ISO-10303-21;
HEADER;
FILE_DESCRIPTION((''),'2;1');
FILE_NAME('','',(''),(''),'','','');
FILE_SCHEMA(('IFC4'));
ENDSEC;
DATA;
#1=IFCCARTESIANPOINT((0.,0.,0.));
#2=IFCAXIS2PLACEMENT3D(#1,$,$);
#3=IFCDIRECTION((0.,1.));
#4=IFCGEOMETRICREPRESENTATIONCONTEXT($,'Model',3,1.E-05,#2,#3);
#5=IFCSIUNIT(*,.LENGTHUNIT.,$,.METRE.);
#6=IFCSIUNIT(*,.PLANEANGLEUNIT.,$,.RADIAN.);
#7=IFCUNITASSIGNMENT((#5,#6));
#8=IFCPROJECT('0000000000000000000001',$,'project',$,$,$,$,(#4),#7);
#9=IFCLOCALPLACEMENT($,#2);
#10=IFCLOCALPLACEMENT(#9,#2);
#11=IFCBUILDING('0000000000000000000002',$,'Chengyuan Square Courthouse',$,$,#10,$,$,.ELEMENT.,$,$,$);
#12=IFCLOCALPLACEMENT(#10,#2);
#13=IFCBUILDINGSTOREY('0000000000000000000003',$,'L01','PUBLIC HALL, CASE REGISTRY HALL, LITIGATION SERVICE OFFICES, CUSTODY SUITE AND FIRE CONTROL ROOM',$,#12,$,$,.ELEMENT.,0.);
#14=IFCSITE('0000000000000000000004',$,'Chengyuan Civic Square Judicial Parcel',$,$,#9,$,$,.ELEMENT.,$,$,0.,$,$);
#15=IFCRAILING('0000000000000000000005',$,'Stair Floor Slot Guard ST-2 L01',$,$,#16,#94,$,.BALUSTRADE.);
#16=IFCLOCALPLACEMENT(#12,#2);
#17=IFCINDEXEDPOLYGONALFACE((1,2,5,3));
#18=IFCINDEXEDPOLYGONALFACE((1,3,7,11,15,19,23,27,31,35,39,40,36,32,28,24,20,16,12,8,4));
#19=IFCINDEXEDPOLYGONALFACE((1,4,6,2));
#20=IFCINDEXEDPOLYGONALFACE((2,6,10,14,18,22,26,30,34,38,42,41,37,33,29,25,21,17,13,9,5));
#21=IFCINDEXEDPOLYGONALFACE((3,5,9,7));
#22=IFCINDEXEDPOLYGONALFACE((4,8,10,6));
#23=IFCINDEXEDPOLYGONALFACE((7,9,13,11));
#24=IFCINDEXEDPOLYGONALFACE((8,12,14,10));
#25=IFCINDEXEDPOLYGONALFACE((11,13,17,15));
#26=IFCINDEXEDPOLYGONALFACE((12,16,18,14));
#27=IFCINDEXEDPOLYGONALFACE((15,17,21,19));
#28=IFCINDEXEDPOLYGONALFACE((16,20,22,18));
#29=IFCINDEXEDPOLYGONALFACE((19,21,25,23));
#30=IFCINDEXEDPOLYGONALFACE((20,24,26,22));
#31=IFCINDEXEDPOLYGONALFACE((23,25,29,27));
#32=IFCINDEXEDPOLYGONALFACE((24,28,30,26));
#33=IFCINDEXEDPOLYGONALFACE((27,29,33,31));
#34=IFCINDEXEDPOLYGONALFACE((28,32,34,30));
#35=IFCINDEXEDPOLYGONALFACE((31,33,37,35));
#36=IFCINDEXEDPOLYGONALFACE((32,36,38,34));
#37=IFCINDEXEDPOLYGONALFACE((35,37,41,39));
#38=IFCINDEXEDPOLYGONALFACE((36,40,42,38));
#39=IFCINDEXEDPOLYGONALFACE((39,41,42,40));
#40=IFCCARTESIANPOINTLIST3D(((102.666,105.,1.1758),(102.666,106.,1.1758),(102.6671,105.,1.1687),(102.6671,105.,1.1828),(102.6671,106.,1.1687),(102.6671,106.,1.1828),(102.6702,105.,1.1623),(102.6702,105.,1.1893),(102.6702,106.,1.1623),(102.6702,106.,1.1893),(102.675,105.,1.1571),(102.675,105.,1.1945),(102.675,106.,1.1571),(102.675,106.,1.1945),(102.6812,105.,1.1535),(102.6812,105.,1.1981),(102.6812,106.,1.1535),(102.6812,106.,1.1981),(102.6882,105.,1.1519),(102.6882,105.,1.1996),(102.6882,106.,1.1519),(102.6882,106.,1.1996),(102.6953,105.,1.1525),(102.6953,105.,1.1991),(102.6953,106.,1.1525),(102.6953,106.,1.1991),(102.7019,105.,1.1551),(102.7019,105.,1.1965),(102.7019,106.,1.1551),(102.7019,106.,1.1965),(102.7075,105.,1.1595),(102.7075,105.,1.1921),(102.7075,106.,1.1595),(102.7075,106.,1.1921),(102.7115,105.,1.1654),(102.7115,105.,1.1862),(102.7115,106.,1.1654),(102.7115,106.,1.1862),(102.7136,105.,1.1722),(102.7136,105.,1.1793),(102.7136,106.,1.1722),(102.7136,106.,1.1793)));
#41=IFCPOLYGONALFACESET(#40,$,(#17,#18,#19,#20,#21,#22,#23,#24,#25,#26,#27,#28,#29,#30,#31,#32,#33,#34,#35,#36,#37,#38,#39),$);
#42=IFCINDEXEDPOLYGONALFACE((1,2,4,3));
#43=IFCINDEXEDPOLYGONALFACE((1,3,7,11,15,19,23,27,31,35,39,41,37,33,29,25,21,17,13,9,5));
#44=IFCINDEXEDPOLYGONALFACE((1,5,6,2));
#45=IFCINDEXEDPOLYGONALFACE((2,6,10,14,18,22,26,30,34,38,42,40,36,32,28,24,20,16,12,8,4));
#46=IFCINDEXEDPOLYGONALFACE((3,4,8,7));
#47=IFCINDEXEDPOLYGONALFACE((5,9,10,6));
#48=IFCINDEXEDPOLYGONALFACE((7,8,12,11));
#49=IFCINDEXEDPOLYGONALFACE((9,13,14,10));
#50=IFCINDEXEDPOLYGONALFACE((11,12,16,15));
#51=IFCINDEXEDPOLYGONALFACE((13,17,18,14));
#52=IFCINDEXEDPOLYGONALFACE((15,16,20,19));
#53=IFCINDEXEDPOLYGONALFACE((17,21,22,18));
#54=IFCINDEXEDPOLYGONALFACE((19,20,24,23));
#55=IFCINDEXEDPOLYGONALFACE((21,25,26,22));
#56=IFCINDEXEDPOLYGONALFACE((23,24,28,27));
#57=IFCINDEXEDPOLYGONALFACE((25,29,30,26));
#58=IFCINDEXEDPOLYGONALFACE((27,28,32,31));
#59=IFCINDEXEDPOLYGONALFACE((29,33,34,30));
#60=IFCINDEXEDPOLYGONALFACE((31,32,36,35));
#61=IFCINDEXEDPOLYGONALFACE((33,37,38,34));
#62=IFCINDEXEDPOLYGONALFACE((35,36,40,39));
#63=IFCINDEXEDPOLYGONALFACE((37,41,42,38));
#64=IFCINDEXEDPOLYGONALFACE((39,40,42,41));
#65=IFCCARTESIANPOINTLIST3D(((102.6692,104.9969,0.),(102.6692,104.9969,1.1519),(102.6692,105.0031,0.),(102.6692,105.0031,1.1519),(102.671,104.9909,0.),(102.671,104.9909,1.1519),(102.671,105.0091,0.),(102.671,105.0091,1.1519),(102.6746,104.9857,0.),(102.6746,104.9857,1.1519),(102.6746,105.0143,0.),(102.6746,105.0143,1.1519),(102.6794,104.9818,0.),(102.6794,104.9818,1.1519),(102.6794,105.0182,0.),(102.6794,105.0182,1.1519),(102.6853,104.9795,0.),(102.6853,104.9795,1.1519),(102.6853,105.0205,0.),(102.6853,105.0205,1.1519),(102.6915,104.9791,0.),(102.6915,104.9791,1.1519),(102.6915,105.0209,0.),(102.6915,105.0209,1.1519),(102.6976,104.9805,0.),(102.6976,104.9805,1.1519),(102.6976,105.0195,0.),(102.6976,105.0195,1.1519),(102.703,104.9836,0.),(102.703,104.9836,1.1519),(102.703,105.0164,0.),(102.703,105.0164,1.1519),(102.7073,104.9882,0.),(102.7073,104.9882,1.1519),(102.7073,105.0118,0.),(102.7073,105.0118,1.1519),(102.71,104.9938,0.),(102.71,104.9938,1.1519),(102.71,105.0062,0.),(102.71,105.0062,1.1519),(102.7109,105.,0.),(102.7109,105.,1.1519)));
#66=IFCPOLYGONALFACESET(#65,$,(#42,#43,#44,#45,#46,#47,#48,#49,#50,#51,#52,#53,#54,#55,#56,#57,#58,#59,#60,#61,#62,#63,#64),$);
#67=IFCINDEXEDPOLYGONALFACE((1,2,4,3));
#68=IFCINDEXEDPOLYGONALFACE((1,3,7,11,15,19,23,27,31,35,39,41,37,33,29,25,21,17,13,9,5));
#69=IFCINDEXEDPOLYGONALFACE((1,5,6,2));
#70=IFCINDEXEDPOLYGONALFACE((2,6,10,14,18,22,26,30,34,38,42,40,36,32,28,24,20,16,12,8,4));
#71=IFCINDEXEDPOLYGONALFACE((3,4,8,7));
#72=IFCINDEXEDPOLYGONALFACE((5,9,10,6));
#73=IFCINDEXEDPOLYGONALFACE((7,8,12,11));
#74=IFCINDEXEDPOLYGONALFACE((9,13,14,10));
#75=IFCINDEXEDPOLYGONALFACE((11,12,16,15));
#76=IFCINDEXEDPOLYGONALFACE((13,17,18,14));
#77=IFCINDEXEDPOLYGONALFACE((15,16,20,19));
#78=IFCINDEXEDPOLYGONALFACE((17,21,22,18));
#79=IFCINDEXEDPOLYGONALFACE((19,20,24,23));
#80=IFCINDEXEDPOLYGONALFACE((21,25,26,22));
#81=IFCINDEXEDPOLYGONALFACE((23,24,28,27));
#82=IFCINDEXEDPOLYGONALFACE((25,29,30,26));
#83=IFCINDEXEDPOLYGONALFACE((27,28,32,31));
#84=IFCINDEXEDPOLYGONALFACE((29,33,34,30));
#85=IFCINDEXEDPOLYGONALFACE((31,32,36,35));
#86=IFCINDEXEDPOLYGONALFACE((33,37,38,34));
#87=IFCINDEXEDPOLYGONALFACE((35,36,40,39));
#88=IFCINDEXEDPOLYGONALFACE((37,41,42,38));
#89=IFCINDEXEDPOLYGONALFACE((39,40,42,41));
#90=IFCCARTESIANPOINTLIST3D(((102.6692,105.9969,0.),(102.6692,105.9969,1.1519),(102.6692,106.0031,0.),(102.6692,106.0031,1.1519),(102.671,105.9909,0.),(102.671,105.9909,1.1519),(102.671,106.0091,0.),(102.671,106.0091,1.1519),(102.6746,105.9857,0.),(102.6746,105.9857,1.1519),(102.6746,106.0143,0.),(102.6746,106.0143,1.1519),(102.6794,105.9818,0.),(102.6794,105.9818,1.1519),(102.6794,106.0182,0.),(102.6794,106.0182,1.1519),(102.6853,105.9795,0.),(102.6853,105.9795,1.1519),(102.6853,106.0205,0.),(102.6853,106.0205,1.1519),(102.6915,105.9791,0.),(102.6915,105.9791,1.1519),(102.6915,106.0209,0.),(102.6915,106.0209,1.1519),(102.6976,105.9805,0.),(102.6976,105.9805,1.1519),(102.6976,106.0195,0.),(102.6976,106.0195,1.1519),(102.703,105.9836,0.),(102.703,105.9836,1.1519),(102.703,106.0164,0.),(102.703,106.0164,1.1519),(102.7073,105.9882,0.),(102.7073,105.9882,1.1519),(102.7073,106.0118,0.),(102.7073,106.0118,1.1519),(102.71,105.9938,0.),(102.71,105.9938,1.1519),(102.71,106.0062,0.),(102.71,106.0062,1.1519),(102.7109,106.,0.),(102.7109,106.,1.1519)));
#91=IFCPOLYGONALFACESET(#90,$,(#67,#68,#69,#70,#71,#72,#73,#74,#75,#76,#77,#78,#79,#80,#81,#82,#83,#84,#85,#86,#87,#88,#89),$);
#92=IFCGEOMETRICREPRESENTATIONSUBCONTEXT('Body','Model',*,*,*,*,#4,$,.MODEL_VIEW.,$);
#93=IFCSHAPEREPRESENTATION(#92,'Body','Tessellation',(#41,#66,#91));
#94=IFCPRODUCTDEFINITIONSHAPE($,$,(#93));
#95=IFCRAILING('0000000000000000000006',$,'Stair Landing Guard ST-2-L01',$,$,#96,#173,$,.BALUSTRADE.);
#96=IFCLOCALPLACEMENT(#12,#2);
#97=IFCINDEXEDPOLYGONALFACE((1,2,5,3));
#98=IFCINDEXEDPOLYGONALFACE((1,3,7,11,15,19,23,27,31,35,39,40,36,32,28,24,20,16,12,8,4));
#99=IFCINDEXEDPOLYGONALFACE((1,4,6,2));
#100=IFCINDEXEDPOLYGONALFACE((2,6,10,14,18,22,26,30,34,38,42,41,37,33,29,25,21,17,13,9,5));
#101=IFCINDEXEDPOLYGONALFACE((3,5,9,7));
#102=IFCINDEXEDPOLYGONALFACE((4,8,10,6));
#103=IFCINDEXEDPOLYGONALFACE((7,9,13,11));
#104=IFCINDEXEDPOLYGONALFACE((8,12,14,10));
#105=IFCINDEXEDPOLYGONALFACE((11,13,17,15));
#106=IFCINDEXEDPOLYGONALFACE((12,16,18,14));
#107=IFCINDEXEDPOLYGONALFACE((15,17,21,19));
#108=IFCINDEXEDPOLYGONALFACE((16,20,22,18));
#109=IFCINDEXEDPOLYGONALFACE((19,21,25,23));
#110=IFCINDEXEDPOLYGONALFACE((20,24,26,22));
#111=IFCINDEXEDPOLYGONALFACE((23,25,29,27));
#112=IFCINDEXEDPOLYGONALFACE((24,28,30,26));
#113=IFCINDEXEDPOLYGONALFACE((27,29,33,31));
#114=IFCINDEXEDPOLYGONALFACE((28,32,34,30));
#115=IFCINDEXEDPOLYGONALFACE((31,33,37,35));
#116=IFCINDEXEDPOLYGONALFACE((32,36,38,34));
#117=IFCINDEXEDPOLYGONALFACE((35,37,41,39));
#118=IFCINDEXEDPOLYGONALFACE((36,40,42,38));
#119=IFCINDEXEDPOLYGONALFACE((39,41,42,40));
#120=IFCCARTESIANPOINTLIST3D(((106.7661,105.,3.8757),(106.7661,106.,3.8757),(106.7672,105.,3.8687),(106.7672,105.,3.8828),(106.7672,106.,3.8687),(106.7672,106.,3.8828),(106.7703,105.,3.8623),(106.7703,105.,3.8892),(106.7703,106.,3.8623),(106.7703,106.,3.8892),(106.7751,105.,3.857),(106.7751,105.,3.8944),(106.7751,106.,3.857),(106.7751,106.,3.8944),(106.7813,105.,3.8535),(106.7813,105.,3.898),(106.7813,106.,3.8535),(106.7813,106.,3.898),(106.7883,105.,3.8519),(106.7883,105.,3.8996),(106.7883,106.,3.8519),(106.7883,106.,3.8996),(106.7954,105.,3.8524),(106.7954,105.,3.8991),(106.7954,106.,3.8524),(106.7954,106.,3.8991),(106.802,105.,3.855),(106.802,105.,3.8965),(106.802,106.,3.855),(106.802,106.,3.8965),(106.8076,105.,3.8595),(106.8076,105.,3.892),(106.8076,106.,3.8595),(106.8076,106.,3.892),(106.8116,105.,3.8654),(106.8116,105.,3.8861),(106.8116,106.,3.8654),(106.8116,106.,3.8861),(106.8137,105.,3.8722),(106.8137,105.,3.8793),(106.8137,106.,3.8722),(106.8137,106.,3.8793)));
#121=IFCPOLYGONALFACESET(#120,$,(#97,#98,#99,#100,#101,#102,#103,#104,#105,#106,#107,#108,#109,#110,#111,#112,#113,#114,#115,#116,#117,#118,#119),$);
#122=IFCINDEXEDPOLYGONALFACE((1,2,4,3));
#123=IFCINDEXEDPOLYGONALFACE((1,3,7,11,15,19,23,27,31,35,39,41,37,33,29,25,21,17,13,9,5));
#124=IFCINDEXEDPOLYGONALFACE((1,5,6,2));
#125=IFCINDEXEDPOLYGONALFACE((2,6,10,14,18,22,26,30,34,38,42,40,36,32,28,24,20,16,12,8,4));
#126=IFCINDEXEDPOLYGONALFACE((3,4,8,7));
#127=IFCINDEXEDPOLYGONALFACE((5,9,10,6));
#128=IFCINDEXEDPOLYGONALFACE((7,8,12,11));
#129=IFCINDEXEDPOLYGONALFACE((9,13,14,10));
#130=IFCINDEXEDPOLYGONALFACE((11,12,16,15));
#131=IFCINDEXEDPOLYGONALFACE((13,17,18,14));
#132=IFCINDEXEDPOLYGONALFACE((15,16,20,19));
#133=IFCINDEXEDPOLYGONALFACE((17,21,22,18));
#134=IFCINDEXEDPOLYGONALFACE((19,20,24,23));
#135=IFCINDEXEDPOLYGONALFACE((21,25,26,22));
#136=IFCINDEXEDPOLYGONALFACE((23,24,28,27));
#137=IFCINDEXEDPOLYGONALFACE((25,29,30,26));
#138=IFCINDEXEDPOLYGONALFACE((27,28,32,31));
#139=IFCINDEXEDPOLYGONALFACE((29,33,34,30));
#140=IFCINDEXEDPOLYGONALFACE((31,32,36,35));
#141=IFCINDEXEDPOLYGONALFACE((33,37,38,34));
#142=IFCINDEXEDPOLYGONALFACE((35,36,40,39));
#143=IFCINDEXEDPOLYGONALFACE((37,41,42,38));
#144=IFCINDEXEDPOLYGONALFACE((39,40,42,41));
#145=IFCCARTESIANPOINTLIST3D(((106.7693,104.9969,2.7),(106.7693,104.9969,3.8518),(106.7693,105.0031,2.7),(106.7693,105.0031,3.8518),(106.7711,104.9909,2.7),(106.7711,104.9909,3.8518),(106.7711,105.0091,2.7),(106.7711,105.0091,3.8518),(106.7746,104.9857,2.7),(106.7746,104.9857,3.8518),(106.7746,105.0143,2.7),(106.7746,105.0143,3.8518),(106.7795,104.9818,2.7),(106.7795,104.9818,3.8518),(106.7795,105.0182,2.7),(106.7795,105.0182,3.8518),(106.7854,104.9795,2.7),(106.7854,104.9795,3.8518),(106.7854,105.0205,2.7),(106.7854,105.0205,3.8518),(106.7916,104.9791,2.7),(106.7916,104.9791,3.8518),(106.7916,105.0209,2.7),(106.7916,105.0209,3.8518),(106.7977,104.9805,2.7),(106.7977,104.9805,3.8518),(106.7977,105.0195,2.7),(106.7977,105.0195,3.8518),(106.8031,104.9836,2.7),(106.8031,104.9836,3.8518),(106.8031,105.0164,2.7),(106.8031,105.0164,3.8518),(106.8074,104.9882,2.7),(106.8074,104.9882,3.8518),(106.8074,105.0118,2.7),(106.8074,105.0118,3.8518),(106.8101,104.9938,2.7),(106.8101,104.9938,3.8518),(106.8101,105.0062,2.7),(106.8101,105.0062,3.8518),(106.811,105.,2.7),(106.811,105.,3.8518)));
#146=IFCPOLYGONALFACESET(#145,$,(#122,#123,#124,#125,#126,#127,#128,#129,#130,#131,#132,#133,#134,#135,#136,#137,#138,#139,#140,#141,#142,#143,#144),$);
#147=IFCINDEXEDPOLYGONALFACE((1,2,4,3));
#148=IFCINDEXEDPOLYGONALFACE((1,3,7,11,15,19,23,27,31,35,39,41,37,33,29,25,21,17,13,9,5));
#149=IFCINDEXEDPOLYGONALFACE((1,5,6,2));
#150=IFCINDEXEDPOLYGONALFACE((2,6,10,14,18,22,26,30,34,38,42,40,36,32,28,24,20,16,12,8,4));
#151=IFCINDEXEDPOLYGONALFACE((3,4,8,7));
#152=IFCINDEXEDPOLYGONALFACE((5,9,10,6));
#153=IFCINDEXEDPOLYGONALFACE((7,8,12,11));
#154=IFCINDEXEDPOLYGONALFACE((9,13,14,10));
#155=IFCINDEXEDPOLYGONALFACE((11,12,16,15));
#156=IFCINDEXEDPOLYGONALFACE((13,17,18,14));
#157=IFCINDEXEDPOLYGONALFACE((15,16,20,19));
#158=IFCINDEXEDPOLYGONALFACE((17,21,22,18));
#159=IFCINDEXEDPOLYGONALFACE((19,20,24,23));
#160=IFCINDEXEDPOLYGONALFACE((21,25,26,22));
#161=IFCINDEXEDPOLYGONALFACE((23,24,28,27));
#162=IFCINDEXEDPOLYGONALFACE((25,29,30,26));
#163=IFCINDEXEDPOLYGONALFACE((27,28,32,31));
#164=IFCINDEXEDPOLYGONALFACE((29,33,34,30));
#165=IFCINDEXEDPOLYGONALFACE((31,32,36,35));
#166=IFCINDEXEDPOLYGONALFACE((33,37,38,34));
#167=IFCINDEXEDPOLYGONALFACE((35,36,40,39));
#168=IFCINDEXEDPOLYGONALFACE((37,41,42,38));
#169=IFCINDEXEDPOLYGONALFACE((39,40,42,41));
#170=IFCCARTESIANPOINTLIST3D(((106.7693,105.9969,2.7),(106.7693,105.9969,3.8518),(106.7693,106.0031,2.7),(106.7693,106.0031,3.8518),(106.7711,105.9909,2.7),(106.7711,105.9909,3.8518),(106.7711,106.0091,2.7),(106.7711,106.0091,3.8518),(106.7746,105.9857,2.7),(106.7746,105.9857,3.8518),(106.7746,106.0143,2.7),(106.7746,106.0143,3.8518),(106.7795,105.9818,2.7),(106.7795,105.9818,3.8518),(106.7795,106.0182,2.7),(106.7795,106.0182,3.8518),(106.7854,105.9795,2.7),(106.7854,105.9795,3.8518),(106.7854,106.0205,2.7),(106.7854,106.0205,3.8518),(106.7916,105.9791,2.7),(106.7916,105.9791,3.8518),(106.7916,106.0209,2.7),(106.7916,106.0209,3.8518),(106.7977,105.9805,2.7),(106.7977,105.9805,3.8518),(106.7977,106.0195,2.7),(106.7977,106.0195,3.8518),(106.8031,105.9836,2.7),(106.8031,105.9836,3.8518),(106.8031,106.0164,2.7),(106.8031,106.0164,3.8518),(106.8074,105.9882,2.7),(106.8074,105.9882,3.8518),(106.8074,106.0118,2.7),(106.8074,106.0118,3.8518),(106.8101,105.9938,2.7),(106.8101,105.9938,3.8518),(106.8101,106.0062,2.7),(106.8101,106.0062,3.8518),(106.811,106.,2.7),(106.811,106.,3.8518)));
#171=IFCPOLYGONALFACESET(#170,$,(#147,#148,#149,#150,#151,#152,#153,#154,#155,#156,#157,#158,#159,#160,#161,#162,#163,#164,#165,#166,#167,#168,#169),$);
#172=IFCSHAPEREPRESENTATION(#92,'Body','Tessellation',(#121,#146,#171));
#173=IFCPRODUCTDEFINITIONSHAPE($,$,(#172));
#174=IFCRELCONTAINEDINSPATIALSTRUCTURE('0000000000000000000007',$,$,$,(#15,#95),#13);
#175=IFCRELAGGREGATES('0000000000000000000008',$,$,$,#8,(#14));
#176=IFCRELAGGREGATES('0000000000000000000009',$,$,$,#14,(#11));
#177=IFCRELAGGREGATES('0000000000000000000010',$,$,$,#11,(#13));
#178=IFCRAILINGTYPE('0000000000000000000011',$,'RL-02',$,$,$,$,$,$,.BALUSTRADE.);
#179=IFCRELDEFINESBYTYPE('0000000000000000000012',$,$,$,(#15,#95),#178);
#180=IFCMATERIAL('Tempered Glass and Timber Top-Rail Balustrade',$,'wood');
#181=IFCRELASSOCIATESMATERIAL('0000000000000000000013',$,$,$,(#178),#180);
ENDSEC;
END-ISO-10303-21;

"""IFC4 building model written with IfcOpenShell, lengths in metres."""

from ifc_helpers import new_model, si_unit, direction, frame, origin, origin_2d, place, context, subcontext, project, spatial, circle, extrude, material, type_object, element, save


model = new_model("IFC4")

# Units and contexts
model_context = context("Model", 3, precision=1e-05, world=origin(), true_north=direction((0.0, 1.0)))
body_context = subcontext(model_context, "Body", "Model", "MODEL_VIEW")
ifc_project = project(units=[si_unit("LENGTHUNIT", "METRE"), si_unit("PLANEANGLEUNIT", "RADIAN")], contexts=[model_context])

# Site, building, storey
site_placement = place(None, origin())
site = spatial("IfcSite", under=ifc_project, at=site_placement, Name="Chengyuan Civic Square Judicial Parcel", CompositionType="ELEMENT", RefElevation=0.0)
building_placement = place(site_placement, origin())
building = spatial("IfcBuilding", under=site, at=building_placement, Name="Chengyuan Square Courthouse", CompositionType="ELEMENT")
storey_placement = place(building_placement, origin())
storey = spatial("IfcBuildingStorey", under=building, at=storey_placement, Name="L01", Description="PUBLIC HALL, CASE REGISTRY HALL, LITIGATION SERVICE OFFICES, CUSTODY SUITE AND FIRE CONTROL ROOM", CompositionType="ELEMENT", Elevation=0.0)

# Railings
ifc_material_1 = material(Name="Tempered Glass and Timber Top-Rail Balustrade", Category="wood")
railing_type_1 = type_object("IfcRailingType", Name="RL-02", PredefinedType="BALUSTRADE", material=ifc_material_1)
for number, where, name in (
    (1, (102.6899, 105.0, 0.0), "Stair Floor Slot Guard ST-2 L01"),
    (2, (106.79, 105.0, 2.7), "Stair Landing Guard ST-2-L01"),
):
    element("IfcRailing", number, at=place(storey_placement, frame(where)), inside=storey, type_object=railing_type_1, Name=name, PredefinedType="BALUSTRADE", context=body_context, shape_type="SweptSolid", body=[
        extrude(circle(Radius=0.0239, at=origin_2d()), frame((0.0, 0.0, 1.1758), z_axis=(0.0, 1.0, 0.0), x_axis=(-1.0, 0.0, 0.0)), (0.0, 0.0, 1.0), 1.0),
        extrude(circle(Radius=0.021, at=origin_2d()), origin(), (0.0, 0.0, 1.0), 1.1519),
        extrude(circle(Radius=0.021, at=origin_2d()), frame((0.0, 1.0, 0.0)), (0.0, 0.0, 1.0), 1.1519),
    ])

save(model, "model.ifc")
